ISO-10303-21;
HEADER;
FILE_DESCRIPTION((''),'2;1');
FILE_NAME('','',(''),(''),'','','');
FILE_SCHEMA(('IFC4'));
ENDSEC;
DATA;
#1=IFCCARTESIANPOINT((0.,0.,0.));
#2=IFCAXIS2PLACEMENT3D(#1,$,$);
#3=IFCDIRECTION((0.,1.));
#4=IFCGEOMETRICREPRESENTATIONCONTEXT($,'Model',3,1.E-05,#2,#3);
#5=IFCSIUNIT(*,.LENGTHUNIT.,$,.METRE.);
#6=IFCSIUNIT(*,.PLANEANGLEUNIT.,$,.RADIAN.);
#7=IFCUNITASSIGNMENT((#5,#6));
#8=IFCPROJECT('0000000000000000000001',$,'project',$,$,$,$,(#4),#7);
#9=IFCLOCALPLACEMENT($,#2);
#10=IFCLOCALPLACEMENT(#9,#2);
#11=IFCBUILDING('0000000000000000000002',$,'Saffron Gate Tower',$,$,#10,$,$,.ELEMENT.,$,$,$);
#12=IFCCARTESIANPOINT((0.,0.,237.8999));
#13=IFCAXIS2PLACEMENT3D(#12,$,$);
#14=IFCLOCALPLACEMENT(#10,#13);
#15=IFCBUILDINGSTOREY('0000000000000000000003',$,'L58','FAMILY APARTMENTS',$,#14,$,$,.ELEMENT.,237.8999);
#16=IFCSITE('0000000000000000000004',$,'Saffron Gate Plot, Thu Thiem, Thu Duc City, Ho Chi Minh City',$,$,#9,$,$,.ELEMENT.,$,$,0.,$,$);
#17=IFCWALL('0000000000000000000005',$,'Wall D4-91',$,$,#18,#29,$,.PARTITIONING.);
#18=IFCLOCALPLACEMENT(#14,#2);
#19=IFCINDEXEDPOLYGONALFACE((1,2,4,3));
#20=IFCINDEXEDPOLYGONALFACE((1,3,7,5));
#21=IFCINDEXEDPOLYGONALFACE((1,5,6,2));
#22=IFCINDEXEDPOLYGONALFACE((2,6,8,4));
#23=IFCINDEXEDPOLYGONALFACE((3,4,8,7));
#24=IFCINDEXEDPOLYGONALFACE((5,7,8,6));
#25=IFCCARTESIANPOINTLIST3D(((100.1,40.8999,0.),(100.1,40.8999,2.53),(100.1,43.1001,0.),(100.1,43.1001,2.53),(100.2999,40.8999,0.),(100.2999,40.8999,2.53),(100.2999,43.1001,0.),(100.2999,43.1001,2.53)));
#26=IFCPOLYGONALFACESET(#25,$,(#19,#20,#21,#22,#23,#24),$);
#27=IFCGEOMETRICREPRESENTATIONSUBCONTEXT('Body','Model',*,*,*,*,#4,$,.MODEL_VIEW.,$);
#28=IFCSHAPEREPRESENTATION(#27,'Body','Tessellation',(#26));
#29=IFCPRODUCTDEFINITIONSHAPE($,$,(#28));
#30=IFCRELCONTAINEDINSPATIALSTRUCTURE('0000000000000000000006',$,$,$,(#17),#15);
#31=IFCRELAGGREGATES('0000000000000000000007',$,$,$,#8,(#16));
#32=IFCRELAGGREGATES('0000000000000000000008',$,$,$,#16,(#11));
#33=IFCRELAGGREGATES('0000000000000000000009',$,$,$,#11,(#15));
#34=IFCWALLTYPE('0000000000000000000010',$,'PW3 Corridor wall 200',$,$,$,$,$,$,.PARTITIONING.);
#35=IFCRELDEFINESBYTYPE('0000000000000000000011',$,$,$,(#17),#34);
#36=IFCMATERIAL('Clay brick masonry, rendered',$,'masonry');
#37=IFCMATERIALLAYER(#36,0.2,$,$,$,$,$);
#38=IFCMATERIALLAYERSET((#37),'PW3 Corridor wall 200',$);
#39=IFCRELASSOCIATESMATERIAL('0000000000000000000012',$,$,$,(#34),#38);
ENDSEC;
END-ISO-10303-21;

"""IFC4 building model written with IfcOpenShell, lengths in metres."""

from ifc_helpers import new_model, si_unit, direction, frame, frame_2d, origin, place, context, subcontext, project, spatial, rectangle, extrude, material, layer, layer_set, type_object, element, save


model = new_model("IFC4")

# Units and contexts
model_context = context("Model", 3, precision=1e-05, world=origin(), true_north=direction((0.0, 1.0)))
body_context = subcontext(model_context, "Body", "Model", "MODEL_VIEW")
ifc_project = project(units=[si_unit("LENGTHUNIT", "METRE"), si_unit("PLANEANGLEUNIT", "RADIAN")], contexts=[model_context])

# Site, building, storey
site_placement = place(None, origin())
site = spatial("IfcSite", under=ifc_project, at=site_placement, Name="Saffron Gate Plot, Thu Thiem, Thu Duc City, Ho Chi Minh City", CompositionType="ELEMENT", RefElevation=0.0)
building_placement = place(site_placement, origin())
building = spatial("IfcBuilding", under=site, at=building_placement, Name="Saffron Gate Tower", CompositionType="ELEMENT")
storey_placement = place(building_placement, frame((0.0, 0.0, 237.8999)))
storey = spatial("IfcBuildingStorey", under=building, at=storey_placement, Name="L58", Description="FAMILY APARTMENTS", CompositionType="ELEMENT", Elevation=237.8999)

# Shared definitions
ifc_material_1 = material(Name="Clay brick masonry, rendered", Category="masonry")

# Shared definitions
ifc_layer_1 = layer(ifc_material_1, 0.2)
ifc_layer_set_1 = layer_set([ifc_layer_1], Name="PW3 Corridor wall 200")
wall_type_1 = type_object("IfcWallType", Name="PW3 Corridor wall 200", PredefinedType="PARTITIONING", material=ifc_layer_set_1)

# Wall
wall_1_placement = place(storey_placement, frame((100.2, 43.1001, 0.0), z_axis=(0.0, 0.0, 1.0), x_axis=(0.0, -1.0, 0.0)))
element("IfcWall", 1, at=wall_1_placement, inside=storey, type_object=wall_type_1, Name="Wall D4-91", PredefinedType="PARTITIONING", context=body_context, shape_type="SweptSolid", body=[
    extrude(rectangle(XDim=2.2002, YDim=0.2, at=frame_2d((1.1001, 0.0))), origin(), (0.0, 0.0, 1.0), 2.53),
])

save(model, "model.ifc")
